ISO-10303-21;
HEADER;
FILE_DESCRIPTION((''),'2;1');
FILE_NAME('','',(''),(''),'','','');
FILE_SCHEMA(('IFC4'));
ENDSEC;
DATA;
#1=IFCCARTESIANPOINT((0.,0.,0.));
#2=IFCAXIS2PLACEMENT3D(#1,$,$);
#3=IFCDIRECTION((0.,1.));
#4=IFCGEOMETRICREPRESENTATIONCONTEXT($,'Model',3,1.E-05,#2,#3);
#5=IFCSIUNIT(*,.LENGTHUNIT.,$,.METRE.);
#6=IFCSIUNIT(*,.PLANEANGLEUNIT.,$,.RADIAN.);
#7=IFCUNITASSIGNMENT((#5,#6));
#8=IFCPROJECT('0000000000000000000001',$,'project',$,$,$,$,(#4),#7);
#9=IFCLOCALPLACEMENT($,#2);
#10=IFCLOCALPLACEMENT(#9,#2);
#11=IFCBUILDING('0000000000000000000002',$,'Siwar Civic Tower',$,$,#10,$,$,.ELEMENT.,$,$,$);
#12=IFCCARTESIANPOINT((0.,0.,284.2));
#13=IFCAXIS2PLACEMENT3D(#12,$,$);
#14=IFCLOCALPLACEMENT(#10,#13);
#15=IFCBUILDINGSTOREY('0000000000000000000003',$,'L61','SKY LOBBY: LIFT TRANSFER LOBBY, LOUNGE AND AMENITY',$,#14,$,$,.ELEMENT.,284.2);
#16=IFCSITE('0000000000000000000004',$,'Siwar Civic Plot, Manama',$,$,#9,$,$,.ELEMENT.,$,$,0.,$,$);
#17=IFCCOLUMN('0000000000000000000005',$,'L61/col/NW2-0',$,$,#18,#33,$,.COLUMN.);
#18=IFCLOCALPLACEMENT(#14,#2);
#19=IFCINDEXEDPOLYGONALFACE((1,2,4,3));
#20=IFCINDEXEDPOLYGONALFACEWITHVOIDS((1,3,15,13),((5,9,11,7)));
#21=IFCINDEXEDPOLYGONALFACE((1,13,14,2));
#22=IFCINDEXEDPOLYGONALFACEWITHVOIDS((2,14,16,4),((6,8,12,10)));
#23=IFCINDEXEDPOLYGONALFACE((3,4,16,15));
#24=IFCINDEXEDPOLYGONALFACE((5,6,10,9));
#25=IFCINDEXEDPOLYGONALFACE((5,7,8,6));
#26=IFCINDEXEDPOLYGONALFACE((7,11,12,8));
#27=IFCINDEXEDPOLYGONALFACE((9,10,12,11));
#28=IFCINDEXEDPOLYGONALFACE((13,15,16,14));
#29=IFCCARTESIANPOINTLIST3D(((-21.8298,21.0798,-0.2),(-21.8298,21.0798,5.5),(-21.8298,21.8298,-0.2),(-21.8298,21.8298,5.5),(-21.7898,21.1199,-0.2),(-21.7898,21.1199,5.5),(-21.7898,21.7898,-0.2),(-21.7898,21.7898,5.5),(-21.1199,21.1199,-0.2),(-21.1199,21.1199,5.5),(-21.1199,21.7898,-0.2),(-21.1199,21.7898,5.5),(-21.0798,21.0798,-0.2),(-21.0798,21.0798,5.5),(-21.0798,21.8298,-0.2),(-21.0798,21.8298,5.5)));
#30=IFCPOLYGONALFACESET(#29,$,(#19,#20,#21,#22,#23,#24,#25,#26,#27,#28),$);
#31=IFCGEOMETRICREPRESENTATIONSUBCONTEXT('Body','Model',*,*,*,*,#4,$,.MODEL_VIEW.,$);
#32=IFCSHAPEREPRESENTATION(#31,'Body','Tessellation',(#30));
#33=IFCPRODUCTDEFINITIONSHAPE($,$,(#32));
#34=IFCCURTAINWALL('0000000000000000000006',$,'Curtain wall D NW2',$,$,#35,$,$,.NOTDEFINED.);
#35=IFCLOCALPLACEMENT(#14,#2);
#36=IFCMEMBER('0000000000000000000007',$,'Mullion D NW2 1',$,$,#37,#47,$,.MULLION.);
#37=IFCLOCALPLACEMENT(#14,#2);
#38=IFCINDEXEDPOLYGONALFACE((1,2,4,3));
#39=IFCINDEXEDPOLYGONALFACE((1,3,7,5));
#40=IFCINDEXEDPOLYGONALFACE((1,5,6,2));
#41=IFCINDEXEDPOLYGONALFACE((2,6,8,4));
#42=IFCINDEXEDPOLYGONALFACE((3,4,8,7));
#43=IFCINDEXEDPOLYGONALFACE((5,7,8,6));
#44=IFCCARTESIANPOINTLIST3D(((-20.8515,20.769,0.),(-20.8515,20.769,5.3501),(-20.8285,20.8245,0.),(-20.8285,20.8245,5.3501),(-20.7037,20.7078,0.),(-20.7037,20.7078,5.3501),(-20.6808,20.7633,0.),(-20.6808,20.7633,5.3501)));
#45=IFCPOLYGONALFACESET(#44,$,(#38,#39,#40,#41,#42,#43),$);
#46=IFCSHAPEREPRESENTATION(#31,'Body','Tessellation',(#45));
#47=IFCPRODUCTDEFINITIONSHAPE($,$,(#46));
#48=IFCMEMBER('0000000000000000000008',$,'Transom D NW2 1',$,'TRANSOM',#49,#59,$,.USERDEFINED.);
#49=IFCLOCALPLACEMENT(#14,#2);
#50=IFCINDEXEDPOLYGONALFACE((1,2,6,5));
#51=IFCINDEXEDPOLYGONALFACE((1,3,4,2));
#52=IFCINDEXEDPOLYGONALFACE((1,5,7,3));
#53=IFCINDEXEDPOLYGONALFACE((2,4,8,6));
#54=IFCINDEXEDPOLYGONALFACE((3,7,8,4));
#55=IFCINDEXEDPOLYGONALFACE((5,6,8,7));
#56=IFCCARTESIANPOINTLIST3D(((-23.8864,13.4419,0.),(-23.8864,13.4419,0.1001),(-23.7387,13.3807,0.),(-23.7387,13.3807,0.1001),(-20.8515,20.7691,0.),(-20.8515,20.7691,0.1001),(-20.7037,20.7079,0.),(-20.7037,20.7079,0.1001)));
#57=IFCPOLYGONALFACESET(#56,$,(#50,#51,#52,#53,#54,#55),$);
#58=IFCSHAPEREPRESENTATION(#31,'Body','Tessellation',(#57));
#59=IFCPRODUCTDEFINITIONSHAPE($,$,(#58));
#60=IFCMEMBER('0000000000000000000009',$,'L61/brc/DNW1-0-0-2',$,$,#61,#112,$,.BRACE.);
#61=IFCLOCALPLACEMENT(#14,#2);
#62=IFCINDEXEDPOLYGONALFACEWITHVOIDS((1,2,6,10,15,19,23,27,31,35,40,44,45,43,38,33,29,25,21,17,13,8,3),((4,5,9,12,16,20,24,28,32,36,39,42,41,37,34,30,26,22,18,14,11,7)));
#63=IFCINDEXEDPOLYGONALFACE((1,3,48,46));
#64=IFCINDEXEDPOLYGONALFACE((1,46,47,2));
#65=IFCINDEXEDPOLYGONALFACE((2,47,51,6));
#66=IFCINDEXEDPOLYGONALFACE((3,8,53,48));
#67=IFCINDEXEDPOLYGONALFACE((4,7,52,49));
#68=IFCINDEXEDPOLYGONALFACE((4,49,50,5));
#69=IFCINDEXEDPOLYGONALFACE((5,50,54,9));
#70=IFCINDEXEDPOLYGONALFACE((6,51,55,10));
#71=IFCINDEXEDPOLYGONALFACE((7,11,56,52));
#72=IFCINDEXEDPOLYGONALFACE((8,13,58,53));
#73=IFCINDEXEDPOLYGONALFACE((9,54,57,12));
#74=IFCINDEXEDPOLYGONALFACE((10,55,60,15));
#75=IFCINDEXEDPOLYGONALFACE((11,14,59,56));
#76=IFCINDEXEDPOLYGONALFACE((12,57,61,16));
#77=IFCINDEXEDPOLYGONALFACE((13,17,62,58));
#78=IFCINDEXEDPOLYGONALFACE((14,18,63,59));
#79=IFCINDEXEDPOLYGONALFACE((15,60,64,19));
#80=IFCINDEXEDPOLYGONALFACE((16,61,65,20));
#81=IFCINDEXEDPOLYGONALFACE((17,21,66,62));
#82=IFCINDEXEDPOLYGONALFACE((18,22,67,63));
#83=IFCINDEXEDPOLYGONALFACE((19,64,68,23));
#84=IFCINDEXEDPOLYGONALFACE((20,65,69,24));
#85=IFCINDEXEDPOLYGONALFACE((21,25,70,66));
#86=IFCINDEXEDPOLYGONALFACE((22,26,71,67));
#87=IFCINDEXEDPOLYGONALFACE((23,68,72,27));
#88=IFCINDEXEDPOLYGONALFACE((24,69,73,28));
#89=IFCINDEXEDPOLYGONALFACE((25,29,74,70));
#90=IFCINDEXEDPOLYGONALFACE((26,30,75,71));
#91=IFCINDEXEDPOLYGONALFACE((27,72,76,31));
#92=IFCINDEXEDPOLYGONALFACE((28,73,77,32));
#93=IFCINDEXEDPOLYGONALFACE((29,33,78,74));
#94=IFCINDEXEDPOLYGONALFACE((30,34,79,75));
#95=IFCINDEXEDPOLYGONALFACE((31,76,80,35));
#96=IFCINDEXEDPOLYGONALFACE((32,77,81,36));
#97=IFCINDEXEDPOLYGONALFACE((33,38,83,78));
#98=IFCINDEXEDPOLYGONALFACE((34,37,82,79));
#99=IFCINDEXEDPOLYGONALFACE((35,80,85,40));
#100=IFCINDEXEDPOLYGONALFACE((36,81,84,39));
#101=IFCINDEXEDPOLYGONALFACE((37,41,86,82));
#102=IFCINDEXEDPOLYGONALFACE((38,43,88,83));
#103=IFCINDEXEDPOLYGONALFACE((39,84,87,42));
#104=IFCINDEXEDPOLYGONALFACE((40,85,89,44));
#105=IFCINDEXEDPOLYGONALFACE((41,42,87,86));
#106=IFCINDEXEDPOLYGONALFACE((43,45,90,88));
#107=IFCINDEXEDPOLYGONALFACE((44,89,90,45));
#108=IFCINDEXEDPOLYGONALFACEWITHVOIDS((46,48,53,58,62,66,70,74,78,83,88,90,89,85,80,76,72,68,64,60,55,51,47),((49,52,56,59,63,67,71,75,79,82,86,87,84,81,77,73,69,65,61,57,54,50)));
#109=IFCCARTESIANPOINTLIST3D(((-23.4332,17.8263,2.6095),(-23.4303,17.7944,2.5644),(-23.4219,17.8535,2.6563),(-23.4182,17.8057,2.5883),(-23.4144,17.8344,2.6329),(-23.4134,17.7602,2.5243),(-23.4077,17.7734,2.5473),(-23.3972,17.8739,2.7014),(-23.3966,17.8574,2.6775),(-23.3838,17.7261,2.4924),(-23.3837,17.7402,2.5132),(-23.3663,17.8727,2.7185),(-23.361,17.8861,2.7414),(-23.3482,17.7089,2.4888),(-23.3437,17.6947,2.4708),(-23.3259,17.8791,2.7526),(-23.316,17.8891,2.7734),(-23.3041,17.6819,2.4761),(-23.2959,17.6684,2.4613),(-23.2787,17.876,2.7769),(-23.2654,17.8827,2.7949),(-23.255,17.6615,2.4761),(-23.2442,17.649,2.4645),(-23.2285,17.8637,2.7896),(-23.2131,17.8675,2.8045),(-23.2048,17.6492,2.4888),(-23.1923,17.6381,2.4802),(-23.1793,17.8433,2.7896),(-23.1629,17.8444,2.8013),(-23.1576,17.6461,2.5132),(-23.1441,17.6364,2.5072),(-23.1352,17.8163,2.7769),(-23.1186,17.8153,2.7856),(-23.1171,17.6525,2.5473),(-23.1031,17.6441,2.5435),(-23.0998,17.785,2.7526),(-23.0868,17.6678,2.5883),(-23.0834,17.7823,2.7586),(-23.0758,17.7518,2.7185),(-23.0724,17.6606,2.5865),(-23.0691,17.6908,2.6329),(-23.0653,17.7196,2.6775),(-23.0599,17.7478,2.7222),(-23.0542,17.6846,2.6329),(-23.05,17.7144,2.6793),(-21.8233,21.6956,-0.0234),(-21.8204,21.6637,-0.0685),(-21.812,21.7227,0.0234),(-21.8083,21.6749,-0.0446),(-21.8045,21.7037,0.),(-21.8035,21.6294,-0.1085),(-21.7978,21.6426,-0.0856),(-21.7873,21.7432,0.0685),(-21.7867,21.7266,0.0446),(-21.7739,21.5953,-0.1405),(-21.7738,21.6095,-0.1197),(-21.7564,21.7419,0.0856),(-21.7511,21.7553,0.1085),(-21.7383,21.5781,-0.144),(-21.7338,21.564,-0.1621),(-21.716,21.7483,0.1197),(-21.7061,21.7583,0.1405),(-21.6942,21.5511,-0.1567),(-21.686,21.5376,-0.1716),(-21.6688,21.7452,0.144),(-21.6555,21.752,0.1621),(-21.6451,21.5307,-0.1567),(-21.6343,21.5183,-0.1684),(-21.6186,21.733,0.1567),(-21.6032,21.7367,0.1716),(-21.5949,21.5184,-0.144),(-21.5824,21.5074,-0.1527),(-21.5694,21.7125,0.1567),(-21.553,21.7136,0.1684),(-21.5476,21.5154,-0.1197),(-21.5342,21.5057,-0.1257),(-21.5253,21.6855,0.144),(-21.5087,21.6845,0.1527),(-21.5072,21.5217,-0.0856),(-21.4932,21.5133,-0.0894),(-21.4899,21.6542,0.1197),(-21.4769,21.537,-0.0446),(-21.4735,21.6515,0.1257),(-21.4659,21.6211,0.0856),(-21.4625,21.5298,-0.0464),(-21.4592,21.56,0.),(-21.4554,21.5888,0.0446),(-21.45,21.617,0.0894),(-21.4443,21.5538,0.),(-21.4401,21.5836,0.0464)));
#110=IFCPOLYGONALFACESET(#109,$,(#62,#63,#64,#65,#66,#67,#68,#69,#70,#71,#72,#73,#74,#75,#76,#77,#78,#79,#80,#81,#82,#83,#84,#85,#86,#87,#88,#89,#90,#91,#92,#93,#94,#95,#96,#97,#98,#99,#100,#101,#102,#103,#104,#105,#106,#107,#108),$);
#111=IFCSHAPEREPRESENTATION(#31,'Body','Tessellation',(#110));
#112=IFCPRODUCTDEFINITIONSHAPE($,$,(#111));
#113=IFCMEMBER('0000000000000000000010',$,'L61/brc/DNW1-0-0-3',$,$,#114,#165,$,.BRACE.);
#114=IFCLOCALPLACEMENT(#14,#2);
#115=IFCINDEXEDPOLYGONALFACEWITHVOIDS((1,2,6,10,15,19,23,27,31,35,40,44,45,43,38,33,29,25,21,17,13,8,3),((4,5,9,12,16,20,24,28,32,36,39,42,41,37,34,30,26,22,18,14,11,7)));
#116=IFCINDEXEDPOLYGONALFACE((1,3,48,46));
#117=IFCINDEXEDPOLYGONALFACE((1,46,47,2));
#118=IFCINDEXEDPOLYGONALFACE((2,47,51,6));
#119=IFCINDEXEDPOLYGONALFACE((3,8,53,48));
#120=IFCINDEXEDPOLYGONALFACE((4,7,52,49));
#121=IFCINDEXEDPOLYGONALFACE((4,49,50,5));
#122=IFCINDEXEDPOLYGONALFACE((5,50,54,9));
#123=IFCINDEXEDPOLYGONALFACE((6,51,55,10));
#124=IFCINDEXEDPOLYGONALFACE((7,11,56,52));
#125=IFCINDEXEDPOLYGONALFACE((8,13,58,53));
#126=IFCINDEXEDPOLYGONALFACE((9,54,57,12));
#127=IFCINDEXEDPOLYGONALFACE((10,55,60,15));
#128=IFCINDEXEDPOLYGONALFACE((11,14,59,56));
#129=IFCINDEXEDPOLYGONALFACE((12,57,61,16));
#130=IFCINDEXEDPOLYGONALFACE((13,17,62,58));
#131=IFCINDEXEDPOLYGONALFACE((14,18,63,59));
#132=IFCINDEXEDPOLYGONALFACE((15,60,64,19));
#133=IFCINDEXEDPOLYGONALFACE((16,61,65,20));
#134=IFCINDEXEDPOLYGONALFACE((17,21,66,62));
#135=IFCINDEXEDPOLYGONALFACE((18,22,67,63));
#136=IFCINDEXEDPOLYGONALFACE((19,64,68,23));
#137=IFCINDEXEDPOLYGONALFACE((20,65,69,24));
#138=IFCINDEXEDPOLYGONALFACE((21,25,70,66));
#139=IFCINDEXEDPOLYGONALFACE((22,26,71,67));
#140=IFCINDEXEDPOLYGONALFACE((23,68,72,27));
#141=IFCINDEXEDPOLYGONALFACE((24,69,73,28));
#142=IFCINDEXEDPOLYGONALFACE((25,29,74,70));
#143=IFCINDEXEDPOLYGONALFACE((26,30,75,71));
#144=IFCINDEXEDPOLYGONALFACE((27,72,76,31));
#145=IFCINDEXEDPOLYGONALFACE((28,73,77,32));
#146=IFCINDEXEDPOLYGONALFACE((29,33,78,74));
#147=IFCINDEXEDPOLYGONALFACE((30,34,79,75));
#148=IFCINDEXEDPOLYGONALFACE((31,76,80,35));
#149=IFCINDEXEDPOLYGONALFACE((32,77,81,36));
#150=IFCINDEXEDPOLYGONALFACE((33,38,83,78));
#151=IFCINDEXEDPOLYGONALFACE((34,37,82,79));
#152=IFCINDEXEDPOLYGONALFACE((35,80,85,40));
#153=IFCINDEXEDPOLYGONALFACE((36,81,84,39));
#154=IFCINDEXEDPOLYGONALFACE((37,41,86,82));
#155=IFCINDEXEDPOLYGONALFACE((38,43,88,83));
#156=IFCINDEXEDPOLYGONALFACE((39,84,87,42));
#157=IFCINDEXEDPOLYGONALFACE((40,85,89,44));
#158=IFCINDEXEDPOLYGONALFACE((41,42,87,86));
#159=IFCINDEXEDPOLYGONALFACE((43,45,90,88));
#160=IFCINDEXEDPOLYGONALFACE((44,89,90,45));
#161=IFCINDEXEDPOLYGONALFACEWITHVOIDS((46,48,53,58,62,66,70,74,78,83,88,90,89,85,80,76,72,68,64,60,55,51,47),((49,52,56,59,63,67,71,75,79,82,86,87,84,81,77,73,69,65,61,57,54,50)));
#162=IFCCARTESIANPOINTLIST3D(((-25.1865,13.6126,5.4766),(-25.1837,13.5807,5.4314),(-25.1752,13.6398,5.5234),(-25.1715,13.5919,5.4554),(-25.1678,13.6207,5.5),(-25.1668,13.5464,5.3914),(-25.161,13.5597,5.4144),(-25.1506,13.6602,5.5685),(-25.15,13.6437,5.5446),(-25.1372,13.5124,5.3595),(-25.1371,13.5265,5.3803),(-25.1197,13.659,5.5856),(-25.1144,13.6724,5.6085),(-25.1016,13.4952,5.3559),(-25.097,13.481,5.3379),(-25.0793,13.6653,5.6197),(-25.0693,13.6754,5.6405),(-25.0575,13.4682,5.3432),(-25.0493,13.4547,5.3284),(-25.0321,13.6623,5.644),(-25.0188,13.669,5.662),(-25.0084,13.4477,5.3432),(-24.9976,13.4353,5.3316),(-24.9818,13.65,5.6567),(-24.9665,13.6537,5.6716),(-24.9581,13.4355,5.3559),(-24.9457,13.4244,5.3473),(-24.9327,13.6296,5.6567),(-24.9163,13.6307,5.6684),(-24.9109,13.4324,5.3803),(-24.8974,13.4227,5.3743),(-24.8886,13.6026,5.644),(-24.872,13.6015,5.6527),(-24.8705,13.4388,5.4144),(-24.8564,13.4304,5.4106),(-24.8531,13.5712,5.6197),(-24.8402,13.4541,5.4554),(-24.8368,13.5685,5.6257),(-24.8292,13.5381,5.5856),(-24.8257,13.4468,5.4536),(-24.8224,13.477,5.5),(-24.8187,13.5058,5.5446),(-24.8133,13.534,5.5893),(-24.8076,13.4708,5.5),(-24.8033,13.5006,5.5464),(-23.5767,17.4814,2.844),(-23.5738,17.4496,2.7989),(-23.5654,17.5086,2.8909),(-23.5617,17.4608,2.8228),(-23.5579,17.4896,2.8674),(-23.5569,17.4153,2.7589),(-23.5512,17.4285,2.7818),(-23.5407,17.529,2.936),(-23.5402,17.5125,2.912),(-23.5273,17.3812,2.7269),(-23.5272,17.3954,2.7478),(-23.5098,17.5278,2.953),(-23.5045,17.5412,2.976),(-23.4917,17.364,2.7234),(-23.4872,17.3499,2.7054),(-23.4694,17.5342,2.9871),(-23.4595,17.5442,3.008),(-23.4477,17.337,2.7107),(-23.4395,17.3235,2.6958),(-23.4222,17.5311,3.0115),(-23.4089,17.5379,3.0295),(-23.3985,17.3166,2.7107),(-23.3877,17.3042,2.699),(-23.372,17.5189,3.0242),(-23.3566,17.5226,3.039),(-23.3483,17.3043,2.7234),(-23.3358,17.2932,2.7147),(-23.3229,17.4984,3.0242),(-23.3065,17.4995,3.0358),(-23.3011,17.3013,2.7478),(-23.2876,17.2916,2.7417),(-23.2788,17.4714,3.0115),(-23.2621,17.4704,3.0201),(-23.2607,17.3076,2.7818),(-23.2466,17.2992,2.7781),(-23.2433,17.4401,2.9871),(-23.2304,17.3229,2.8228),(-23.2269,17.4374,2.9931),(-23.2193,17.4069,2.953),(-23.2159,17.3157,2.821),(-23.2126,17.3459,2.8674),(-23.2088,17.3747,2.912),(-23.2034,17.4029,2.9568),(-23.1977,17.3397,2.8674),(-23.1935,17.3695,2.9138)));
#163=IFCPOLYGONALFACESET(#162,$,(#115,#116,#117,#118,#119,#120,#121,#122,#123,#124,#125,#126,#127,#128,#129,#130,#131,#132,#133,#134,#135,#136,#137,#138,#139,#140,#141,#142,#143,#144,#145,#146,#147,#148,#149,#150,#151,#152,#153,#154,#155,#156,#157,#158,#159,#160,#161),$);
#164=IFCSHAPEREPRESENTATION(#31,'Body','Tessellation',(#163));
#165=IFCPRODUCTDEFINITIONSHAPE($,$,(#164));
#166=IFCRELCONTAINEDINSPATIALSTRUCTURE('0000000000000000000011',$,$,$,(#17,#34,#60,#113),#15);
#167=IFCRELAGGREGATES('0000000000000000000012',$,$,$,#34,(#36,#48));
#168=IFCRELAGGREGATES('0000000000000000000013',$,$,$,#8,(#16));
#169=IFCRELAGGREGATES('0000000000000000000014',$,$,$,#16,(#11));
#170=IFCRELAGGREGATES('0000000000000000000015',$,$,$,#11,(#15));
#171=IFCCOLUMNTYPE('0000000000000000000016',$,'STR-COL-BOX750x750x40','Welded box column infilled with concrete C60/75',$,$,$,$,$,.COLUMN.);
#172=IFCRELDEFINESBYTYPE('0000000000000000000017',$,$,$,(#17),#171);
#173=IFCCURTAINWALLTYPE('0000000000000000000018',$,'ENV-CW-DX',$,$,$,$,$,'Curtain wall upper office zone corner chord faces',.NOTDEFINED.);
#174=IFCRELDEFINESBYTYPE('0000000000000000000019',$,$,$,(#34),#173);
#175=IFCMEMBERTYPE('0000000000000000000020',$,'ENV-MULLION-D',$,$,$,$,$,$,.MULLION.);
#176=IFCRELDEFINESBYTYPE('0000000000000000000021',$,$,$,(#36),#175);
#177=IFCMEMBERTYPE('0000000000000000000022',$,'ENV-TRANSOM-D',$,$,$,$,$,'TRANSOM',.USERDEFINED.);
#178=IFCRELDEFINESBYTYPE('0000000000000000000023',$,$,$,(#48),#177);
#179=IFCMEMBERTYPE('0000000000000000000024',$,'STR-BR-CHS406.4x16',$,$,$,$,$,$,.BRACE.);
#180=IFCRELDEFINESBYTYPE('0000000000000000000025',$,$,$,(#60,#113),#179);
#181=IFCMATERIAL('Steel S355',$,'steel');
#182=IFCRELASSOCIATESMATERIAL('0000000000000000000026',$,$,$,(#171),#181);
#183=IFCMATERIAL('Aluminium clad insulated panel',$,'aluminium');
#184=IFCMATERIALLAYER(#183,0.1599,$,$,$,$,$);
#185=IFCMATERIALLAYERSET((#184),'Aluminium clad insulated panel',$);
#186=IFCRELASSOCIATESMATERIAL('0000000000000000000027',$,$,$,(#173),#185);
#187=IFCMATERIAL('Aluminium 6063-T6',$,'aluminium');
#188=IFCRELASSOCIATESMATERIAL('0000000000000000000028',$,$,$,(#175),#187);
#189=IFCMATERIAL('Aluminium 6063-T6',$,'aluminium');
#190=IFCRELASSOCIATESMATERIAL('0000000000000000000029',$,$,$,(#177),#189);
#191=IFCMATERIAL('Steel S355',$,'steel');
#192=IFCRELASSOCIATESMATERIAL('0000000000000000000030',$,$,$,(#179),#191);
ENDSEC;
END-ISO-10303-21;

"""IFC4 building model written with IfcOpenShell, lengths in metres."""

from ifc_helpers import new_model, si_unit, direction, frame, origin, origin_2d, place, context, subcontext, project, spatial, rectangle, hollow_rectangle, hollow_circle, extrude, material, layer, layer_set, material_profile, profile_set, type_object, element, aggregate, save


model = new_model("IFC4")

# Units and contexts
model_context = context("Model", 3, precision=1e-05, world=origin(), true_north=direction((0.0, 1.0)))
body_context = subcontext(model_context, "Body", "Model", "MODEL_VIEW")
ifc_project = project(units=[si_unit("LENGTHUNIT", "METRE"), si_unit("PLANEANGLEUNIT", "RADIAN")], contexts=[model_context])

# Site, building, storey
site_placement = place(None, origin())
site = spatial("IfcSite", under=ifc_project, at=site_placement, Name="Siwar Civic Plot, Manama", CompositionType="ELEMENT", RefElevation=0.0)
building_placement = place(site_placement, origin())
building = spatial("IfcBuilding", under=site, at=building_placement, Name="Siwar Civic Tower", CompositionType="ELEMENT")
storey_placement = place(building_placement, frame((0.0, 0.0, 284.2)))
storey = spatial("IfcBuildingStorey", under=building, at=storey_placement, Name="L61", Description="SKY LOBBY: LIFT TRANSFER LOBBY, LOUNGE AND AMENITY", CompositionType="ELEMENT", Elevation=284.2)

# Column
ifc_material_1 = material(Name="Steel S355", Category="steel")
ifc_material_profile_1 = material_profile(ifc_material_1, hollow_rectangle(XDim=0.75, YDim=0.75, WallThickness=0.04, at=origin_2d()), Name="BOX750x750x40")
ifc_profile_set_1 = profile_set([ifc_material_profile_1], Name="Steel S355")
column_type = type_object("IfcColumnType", Name="STR-COL-BOX750x750x40", Description="Welded box column infilled with concrete C60/75", PredefinedType="COLUMN", material=ifc_profile_set_1)
column_placement = place(storey_placement, frame((-21.4548, 21.4548, -0.2), z_axis=(0.0, 0.0, 1.0), x_axis=(1.0, 0.0, 0.0)))
element("IfcColumn", 1, at=column_placement, inside=storey, type_object=column_type, Name="L61/col/NW2-0", PredefinedType="COLUMN", context=body_context, shape_type="SweptSolid", body=[
    extrude(hollow_rectangle(XDim=0.75, YDim=0.75, WallThickness=0.04, at=origin_2d()), origin(), (0.0, 0.0, 1.0), 5.7),
])

# Curtain wall, members
ifc_material_2 = material(Name="Aluminium clad insulated panel", Category="aluminium")
ifc_layer_1 = layer(ifc_material_2, 0.1599)
ifc_layer_set_1 = layer_set([ifc_layer_1], Name="Aluminium clad insulated panel")
curtain_wall_type = type_object("IfcCurtainWallType", Name="ENV-CW-DX", ElementType="Curtain wall upper office zone corner chord faces", PredefinedType="NOTDEFINED", material=ifc_layer_set_1)
curtain_wall_1_placement = place(storey_placement, origin())
curtain_wall_1 = element("IfcCurtainWall", 2, at=curtain_wall_1_placement, inside=storey, type_object=curtain_wall_type, Name="Curtain wall D NW2", PredefinedType="NOTDEFINED")
ifc_material_3 = material(Name="Aluminium 6063-T6", Category="aluminium")
ifc_material_profile_2 = material_profile(ifc_material_3, rectangle(XDim=0.1599, YDim=0.0601, at=origin_2d()), Name="AL 160x60")
ifc_profile_set_2 = profile_set([ifc_material_profile_2], Name="Aluminium 6063-T6")
member_type_1 = type_object("IfcMemberType", Name="ENV-MULLION-D", PredefinedType="MULLION", material=ifc_profile_set_2)
member_1_placement = place(storey_placement, frame((-20.7661, 20.7661, 0.0), z_axis=(0.0, 0.0, 1.0), x_axis=(0.92388, -0.382683, 0.0)))
member_1 = element("IfcMember", 3, at=member_1_placement, type_object=member_type_1, Name="Mullion D NW2 1", PredefinedType="MULLION", context=body_context, shape_type="SweptSolid", body=[
    extrude(rectangle(XDim=0.1599, YDim=0.0601, at=origin_2d()), origin(), (0.0, 0.0, 1.0), 5.3501),
])
ifc_material_4 = material(Name="Aluminium 6063-T6", Category="aluminium")
ifc_material_profile_3 = material_profile(ifc_material_4, rectangle(XDim=0.1599, YDim=0.1001, at=origin_2d()), Name="AL 160x100")
ifc_profile_set_3 = profile_set([ifc_material_profile_3], Name="Aluminium 6063-T6")
member_type_2 = type_object("IfcMemberType", Name="ENV-TRANSOM-D", ElementType="TRANSOM", PredefinedType="USERDEFINED", material=ifc_profile_set_3)
member_2_placement = place(storey_placement, frame((-20.7776, 20.7385, 0.05), z_axis=(-0.382674, -0.923884, 0.0), x_axis=(0.923884, -0.382674, 0.0)))
member_2 = element("IfcMember", 4, at=member_2_placement, type_object=member_type_2, Name="Transom D NW2 1", ObjectType="TRANSOM", PredefinedType="USERDEFINED", context=body_context, shape_type="SweptSolid", body=[
    extrude(rectangle(XDim=0.1599, YDim=0.1001, at=origin_2d()), origin(), (0.0, 0.0, 1.0), 7.9309),
])

# Members
ifc_material_5 = material(Name="Steel S355", Category="steel")
ifc_material_profile_4 = material_profile(ifc_material_5, hollow_circle(Radius=0.2031, WallThickness=0.0161, at=origin_2d()), Name="CHS406.4x16")
ifc_profile_set_4 = profile_set([ifc_material_profile_4], Name="Steel S355")
member_type_3 = type_object("IfcMemberType", Name="STR-BR-CHS406.4x16", PredefinedType="BRACE", material=ifc_profile_set_4)
member_3_placement = place(storey_placement, frame((-21.6318, 21.6318, 0.0), z_axis=(-0.325284, -0.781786, 0.531978), x_axis=(0.92327, -0.384152, 0.0)))
element("IfcMember", 5, at=member_3_placement, inside=storey, type_object=member_type_3, Name="L61/brc/DNW1-0-0-2", PredefinedType="BRACE", context=body_context, shape_type="SweptSolid", body=[
    extrude(hollow_circle(Radius=0.2031, WallThickness=0.0161, at=origin_2d()), origin(), (0.0, 0.0, 1.0), 4.9492),
])
member_4_placement = place(storey_placement, frame((-23.3853, 17.4177, 2.8674), z_axis=(-0.325305, -0.781788, 0.531963), x_axis=(0.923261, -0.384173, 0.0)))
element("IfcMember", 6, at=member_4_placement, inside=storey, type_object=member_type_3, Name="L61/brc/DNW1-0-0-3", PredefinedType="BRACE", context=body_context, shape_type="SweptSolid", body=[
    extrude(hollow_circle(Radius=0.2031, WallThickness=0.0161, at=origin_2d()), origin(), (0.0, 0.0, 1.0), 4.9487),
])

aggregate(curtain_wall_1, [member_1, member_2])

save(model, "model.ifc")
